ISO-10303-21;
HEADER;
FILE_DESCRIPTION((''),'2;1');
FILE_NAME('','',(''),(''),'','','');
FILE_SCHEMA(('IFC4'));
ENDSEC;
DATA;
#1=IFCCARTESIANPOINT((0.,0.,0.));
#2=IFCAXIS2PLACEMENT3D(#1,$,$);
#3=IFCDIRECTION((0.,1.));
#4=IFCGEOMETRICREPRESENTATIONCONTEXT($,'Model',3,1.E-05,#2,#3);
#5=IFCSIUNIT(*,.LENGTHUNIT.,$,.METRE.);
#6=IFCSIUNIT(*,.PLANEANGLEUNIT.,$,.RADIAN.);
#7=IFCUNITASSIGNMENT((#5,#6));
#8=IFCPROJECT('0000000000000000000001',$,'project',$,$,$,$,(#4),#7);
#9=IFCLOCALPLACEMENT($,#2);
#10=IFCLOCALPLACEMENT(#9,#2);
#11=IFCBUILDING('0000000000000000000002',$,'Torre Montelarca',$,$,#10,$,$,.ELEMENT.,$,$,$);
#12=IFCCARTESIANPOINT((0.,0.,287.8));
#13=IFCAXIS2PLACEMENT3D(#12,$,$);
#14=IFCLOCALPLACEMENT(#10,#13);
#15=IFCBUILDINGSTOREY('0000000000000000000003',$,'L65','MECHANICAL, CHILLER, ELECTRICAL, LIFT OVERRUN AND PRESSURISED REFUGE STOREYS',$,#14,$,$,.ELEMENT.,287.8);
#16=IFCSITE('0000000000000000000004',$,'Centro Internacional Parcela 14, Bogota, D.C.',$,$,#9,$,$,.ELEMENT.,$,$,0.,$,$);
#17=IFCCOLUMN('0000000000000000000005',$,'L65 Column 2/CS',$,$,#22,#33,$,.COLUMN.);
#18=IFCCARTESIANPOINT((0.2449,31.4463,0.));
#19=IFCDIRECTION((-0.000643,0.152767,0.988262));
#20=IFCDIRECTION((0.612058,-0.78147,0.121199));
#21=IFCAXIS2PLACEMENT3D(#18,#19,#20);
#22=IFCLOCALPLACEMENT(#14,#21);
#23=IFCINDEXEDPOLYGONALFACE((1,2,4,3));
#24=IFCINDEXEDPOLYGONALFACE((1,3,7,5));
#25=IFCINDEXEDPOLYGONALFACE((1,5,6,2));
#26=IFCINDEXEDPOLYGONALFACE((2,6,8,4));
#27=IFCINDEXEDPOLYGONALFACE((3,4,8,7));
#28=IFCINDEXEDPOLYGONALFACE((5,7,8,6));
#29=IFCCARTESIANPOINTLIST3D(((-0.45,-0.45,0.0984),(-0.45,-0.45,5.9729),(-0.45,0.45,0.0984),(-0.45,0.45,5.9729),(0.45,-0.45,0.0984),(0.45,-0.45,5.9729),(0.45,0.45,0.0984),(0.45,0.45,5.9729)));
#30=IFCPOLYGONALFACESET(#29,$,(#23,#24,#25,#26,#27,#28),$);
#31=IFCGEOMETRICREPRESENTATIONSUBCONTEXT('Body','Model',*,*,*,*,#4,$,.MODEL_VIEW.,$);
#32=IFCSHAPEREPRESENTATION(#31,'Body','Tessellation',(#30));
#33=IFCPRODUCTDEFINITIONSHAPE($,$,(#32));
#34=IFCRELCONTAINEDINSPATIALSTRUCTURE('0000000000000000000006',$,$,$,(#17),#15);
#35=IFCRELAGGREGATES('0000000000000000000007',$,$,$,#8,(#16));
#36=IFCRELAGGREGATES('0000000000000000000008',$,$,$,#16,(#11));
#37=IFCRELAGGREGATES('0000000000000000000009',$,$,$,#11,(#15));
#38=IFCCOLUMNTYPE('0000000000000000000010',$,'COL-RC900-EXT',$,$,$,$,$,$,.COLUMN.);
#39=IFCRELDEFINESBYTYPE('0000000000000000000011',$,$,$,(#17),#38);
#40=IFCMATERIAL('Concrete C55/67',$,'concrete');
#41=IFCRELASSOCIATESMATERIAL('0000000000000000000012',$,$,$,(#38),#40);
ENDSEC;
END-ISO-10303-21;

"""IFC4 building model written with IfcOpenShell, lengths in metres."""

from ifc_helpers import new_model, si_unit, direction, frame, origin, origin_2d, place, context, subcontext, project, spatial, rectangle, extrude, clip, halfspace, material, material_profile, profile_set, type_object, element, save


model = new_model("IFC4")

# Units and contexts
model_context = context("Model", 3, precision=1e-05, world=origin(), true_north=direction((0.0, 1.0)))
body_context = subcontext(model_context, "Body", "Model", "MODEL_VIEW")
ifc_project = project(units=[si_unit("LENGTHUNIT", "METRE"), si_unit("PLANEANGLEUNIT", "RADIAN")], contexts=[model_context])

# Site, building, storey
site_placement = place(None, origin())
site = spatial("IfcSite", under=ifc_project, at=site_placement, Name="Centro Internacional Parcela 14, Bogota, D.C.", CompositionType="ELEMENT", RefElevation=0.0)
building_placement = place(site_placement, origin())
building = spatial("IfcBuilding", under=site, at=building_placement, Name="Torre Montelarca", CompositionType="ELEMENT")
storey_placement = place(building_placement, frame((0.0, 0.0, 287.8)))
storey = spatial("IfcBuildingStorey", under=building, at=storey_placement, Name="L65", Description="MECHANICAL, CHILLER, ELECTRICAL, LIFT OVERRUN AND PRESSURISED REFUGE STOREYS", CompositionType="ELEMENT", Elevation=287.8)

# Column
ifc_material_1 = material(Name="Concrete C55/67", Category="concrete")
ifc_material_profile_1 = material_profile(ifc_material_1, rectangle(XDim=0.8999, YDim=0.8999, at=origin_2d()), Name="RC900X900", Category="concrete")
ifc_profile_set_1 = profile_set([ifc_material_profile_1], Name="Concrete C55/67")
column_type = type_object("IfcColumnType", Name="COL-RC900-EXT", PredefinedType="COLUMN", material=ifc_profile_set_1)
column_placement = place(storey_placement, frame((0.2449, 31.4463, 0.0), z_axis=(-0.000643, 0.152767, 0.988262), x_axis=(0.612058, -0.78147, 0.121199)))
element("IfcColumn", 1, at=column_placement, inside=storey, type_object=column_type, Name="L65 Column 2/CS", PredefinedType="COLUMN", context=body_context, shape_type="Clipping", body=[
    clip(clip(extrude(rectangle(XDim=0.8999, YDim=0.8999, at=origin_2d()), origin(), (0.0, 0.0, 1.0), 6.0713), halfspace(frame((0.0, 0.0, 0.0984), z_axis=(0.0, 0.0, -1.0), x_axis=(1.0, 0.0, 0.0)), False)), halfspace(frame((0.0, 0.0, 5.9729), z_axis=(0.0, 0.0, 1.0), x_axis=(1.0, 0.0, 0.0)), False)),
])

save(model, "model.ifc")
